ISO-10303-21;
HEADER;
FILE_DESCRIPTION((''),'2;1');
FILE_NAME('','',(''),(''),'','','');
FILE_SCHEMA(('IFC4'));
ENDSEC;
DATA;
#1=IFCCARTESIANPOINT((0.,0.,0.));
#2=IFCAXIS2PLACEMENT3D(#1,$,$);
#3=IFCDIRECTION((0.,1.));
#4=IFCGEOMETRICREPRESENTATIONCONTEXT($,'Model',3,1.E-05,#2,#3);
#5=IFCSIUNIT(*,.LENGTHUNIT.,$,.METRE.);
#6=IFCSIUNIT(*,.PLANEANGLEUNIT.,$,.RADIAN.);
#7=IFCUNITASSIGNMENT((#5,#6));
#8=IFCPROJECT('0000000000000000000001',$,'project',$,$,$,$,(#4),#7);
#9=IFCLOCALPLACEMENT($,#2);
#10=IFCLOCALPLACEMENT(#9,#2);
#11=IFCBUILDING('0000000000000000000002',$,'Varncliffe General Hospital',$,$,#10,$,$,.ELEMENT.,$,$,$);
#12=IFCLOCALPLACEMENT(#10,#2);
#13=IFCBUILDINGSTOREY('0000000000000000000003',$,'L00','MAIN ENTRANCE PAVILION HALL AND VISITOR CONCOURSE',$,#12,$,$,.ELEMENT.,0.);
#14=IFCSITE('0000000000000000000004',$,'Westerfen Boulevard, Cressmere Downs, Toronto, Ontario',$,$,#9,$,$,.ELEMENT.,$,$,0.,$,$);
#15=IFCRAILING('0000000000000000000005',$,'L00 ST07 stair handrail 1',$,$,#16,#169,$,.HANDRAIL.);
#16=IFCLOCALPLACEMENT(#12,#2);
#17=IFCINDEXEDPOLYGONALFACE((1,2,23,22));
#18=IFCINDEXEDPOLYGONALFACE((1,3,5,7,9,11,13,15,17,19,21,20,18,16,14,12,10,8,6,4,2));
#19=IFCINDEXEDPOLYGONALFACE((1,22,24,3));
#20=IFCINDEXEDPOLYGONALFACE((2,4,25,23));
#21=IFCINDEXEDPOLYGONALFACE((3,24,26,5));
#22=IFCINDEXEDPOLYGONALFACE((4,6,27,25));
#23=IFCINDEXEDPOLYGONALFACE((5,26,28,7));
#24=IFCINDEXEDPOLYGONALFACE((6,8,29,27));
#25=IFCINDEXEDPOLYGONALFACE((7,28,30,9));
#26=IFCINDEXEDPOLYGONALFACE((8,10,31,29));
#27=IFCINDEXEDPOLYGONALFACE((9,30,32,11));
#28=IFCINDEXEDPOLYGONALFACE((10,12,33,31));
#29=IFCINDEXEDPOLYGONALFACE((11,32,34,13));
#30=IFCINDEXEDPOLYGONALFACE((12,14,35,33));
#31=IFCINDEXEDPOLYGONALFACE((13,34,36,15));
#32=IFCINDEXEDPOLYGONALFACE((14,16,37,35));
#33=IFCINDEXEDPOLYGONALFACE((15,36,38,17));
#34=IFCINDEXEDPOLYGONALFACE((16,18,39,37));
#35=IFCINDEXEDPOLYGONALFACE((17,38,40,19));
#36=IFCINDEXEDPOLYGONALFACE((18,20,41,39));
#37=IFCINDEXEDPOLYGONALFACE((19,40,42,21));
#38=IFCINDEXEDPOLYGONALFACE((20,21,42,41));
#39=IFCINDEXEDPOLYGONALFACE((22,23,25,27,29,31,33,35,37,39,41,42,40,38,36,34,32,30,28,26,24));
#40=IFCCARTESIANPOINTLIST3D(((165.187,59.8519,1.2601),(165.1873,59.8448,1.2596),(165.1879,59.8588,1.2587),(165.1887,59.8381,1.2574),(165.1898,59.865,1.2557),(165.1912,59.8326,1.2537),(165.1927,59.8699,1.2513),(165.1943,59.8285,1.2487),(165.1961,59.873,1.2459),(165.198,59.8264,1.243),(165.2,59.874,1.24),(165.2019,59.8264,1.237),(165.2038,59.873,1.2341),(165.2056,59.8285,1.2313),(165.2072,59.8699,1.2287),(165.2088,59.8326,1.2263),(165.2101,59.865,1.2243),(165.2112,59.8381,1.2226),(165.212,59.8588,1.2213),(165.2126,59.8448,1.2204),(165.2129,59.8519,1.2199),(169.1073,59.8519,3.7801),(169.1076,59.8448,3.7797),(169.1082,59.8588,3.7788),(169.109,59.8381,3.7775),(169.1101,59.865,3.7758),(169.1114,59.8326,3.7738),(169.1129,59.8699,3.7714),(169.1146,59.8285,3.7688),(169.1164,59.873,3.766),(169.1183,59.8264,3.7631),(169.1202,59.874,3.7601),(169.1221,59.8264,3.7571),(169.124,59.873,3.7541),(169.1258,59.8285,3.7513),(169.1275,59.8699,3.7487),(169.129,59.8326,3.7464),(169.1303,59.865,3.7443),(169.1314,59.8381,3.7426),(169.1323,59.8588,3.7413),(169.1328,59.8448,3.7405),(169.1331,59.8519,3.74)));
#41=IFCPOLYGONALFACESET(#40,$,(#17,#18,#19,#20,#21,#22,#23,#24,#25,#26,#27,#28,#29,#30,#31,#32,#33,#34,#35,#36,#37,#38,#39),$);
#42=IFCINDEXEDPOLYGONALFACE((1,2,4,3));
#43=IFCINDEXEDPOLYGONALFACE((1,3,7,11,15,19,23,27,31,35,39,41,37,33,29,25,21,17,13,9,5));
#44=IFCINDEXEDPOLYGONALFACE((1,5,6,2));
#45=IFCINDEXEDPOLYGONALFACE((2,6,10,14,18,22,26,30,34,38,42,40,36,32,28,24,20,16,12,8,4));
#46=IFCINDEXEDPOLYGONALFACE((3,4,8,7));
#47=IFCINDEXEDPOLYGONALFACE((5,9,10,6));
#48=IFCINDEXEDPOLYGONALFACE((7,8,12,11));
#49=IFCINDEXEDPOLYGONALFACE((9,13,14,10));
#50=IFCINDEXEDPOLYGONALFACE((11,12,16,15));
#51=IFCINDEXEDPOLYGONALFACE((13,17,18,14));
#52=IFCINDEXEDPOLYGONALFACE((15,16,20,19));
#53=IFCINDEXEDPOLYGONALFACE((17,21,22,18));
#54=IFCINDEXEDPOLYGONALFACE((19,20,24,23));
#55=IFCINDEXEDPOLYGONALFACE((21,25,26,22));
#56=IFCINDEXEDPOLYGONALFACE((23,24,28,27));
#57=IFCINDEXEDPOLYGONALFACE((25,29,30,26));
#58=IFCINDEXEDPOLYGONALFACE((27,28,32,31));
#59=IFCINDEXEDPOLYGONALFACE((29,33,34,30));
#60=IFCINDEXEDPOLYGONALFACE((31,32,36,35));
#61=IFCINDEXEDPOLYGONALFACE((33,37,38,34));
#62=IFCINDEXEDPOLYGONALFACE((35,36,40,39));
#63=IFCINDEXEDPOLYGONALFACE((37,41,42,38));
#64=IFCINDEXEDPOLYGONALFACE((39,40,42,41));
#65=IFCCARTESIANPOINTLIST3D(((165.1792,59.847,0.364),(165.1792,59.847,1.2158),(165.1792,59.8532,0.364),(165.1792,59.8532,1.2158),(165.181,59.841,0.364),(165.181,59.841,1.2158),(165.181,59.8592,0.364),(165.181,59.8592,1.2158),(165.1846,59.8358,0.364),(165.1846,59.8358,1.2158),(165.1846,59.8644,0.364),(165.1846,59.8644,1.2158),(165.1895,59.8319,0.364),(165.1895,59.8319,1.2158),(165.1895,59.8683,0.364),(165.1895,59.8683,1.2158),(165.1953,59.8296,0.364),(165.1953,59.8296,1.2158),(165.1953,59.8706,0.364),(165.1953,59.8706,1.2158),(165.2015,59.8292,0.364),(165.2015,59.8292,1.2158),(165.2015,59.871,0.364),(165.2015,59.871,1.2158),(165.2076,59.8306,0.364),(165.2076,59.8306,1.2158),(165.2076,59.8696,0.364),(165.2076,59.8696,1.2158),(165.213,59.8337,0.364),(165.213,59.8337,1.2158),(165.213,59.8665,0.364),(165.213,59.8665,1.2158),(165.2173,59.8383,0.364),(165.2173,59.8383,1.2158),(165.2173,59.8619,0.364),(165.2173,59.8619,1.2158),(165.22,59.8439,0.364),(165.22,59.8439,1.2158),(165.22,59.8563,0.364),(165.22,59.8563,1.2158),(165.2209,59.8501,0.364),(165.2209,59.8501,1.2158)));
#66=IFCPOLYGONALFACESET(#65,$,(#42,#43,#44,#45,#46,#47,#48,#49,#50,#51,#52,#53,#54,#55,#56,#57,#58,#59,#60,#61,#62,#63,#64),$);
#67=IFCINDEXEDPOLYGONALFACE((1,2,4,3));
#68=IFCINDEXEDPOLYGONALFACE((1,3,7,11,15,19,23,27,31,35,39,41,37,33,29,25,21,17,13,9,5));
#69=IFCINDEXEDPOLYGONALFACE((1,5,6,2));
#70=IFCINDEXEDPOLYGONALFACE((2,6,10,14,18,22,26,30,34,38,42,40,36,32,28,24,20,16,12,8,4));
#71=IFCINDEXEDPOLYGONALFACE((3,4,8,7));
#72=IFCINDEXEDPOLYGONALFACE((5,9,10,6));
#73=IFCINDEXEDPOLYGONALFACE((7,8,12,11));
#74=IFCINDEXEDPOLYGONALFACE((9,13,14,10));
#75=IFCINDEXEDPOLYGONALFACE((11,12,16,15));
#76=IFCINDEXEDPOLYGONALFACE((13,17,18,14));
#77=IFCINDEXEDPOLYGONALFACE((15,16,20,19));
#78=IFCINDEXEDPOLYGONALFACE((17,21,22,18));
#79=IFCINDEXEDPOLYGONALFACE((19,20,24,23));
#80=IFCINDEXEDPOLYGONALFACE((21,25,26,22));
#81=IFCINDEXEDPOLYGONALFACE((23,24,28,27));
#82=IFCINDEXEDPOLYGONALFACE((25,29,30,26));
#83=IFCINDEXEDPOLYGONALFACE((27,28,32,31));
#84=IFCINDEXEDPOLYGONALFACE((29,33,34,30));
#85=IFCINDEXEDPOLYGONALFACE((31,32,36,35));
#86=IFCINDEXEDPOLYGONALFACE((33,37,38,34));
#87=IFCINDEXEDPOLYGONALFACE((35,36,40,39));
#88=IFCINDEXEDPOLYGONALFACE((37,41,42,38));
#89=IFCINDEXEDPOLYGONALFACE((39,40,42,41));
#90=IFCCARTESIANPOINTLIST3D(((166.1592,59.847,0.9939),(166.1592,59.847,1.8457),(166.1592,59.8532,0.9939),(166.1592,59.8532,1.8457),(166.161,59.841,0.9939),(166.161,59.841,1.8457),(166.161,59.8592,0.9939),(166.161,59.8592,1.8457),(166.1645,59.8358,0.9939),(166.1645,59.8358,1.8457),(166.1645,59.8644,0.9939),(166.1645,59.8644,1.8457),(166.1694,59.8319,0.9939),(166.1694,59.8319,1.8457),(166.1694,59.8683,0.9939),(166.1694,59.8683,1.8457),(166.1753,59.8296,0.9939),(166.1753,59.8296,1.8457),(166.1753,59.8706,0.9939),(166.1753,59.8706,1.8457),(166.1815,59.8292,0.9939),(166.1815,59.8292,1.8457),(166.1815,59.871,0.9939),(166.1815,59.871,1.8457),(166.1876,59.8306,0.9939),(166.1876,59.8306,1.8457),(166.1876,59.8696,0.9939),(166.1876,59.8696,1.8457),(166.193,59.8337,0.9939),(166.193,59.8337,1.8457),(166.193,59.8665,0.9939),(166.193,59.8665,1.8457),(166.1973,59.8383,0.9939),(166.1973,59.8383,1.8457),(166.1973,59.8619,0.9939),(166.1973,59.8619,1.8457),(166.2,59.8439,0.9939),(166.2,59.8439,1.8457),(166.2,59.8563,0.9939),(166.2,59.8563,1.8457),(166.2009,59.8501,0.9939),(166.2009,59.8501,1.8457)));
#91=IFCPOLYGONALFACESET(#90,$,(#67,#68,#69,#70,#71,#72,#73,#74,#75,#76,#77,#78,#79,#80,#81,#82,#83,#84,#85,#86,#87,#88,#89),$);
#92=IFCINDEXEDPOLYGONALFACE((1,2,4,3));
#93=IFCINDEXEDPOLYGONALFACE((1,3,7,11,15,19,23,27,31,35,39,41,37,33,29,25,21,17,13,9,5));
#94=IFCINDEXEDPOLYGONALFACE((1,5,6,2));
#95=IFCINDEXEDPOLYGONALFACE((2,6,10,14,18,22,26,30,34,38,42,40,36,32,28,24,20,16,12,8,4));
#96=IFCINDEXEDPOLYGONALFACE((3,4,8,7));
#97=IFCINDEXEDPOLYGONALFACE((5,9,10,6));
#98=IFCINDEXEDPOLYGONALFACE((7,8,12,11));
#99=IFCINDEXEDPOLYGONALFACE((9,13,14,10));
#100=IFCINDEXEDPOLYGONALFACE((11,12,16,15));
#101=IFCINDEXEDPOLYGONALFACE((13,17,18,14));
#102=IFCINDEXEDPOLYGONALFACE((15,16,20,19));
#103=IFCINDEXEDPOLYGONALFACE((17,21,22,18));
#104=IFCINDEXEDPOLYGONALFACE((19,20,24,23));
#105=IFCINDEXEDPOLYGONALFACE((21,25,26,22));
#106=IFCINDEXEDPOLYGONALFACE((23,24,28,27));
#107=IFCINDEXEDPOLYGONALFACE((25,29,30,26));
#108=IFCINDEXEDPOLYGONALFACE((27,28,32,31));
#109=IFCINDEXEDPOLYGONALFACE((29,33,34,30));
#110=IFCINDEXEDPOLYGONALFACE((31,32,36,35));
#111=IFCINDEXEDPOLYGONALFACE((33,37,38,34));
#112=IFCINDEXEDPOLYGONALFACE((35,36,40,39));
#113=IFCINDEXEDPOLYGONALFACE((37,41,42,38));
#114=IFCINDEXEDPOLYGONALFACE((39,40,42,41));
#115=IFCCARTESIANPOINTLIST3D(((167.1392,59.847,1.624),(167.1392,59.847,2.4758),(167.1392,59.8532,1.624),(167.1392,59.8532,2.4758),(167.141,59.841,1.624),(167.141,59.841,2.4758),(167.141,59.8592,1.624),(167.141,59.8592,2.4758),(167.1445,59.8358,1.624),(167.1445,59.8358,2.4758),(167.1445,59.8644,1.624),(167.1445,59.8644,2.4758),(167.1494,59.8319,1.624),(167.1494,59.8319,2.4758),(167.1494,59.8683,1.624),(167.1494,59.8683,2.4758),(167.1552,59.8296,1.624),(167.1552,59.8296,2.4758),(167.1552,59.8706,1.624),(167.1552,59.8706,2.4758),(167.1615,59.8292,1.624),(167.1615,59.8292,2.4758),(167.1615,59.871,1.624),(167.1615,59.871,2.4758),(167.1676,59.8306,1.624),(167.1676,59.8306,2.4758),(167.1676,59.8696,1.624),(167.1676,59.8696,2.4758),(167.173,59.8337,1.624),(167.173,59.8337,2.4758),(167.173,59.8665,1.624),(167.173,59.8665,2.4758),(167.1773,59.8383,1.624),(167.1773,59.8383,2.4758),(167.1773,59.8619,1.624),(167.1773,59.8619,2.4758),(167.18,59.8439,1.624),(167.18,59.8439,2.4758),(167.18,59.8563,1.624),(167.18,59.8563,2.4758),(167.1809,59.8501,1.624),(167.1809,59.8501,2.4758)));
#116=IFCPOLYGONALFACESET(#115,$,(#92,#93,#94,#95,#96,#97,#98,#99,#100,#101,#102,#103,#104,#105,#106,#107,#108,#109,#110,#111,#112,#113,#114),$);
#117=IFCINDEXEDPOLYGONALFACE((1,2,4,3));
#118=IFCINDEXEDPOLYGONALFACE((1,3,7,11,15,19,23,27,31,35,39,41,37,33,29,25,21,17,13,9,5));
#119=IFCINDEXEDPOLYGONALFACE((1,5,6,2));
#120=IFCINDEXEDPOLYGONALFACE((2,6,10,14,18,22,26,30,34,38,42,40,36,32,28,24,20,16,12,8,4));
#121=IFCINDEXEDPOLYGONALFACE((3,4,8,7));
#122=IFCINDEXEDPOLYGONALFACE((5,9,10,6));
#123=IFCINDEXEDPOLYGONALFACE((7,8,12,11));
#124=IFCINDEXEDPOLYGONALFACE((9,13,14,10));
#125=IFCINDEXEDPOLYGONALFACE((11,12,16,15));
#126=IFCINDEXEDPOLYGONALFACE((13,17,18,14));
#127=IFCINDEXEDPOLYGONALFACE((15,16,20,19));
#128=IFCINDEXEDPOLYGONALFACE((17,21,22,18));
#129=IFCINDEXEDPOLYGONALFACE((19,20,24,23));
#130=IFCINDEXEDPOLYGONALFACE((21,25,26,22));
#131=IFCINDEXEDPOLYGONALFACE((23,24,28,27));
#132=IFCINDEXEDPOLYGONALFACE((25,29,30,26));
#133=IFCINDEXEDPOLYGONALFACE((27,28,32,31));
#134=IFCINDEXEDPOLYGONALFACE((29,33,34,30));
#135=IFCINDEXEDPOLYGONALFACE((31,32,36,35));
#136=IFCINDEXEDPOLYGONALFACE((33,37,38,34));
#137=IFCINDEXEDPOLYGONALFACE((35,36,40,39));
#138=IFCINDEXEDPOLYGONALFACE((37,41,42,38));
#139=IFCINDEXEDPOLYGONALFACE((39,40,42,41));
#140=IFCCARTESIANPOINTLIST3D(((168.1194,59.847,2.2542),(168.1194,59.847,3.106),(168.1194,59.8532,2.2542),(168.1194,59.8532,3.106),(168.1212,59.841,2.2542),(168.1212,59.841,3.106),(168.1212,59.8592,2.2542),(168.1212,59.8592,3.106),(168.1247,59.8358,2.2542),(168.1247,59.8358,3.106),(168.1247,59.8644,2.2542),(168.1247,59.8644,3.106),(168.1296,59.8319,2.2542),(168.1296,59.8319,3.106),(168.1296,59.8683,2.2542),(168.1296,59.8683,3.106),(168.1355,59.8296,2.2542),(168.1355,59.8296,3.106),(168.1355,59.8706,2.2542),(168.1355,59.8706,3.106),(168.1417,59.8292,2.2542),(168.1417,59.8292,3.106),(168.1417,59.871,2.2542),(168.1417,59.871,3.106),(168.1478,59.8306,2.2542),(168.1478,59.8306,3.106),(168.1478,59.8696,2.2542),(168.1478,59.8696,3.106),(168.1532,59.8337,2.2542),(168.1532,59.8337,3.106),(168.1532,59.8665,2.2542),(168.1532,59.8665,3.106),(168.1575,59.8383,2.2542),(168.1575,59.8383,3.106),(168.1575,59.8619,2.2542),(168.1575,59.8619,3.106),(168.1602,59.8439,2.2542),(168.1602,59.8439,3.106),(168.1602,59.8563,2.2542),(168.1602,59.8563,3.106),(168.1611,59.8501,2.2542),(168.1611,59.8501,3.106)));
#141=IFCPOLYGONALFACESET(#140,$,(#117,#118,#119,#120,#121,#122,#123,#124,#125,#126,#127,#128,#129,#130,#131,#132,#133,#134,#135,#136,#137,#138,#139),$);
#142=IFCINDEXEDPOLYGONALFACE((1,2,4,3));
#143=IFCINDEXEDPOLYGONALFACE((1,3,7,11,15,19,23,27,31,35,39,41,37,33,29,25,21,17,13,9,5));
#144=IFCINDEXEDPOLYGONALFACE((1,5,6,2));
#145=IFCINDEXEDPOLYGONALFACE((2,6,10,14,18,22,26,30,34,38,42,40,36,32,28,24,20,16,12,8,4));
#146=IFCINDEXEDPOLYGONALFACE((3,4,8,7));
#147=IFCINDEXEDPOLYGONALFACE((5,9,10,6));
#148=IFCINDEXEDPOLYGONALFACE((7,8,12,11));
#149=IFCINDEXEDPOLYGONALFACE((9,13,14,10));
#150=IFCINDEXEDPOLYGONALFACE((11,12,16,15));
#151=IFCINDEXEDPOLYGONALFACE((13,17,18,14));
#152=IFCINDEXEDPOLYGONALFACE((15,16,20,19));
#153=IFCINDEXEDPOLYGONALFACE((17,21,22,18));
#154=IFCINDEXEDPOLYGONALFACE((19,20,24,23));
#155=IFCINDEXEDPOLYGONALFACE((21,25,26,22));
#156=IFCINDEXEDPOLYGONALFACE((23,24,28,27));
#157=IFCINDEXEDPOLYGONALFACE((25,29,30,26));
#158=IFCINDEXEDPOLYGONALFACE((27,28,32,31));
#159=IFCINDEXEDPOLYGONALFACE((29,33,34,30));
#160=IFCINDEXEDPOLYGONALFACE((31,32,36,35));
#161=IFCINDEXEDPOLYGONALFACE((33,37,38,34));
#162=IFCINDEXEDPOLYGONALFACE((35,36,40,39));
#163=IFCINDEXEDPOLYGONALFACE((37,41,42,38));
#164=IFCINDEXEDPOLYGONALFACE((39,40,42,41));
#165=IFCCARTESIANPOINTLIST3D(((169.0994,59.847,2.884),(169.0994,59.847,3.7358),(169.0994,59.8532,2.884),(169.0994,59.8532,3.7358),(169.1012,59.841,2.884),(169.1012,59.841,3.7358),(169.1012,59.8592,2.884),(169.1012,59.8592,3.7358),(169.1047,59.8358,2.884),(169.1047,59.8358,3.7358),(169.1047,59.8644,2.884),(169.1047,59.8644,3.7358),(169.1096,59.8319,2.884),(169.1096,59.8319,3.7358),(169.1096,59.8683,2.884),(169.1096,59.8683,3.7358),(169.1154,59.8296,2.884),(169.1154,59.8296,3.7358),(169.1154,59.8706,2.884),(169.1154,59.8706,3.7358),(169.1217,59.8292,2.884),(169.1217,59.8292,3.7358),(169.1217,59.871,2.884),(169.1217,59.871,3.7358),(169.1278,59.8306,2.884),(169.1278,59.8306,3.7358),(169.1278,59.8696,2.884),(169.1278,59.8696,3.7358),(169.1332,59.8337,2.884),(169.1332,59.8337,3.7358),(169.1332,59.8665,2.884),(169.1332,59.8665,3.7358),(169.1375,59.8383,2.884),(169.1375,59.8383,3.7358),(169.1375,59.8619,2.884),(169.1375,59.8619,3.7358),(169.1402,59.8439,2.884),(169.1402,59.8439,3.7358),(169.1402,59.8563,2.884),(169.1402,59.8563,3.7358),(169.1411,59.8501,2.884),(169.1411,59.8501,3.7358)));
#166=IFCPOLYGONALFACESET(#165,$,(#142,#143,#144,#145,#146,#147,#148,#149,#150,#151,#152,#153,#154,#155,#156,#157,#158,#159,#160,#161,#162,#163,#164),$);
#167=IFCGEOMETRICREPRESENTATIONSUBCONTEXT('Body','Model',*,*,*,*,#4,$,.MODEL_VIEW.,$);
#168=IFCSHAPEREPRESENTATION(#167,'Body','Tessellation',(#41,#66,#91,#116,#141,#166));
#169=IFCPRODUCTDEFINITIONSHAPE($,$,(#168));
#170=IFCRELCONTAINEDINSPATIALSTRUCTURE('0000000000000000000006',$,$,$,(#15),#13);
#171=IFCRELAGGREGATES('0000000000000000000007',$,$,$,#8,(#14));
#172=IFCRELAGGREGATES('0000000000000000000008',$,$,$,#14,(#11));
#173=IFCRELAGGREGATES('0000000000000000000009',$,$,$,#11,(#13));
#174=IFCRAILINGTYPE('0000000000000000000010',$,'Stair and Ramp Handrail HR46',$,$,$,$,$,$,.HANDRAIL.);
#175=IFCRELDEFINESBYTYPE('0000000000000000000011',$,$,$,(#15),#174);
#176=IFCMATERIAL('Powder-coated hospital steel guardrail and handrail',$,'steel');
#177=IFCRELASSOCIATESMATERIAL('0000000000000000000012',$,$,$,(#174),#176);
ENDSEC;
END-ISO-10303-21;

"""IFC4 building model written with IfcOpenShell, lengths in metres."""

from ifc_helpers import new_model, si_unit, direction, frame, origin, origin_2d, place, context, subcontext, project, spatial, circle, extrude, material, type_object, element, save


model = new_model("IFC4")

# Units and contexts
model_context = context("Model", 3, precision=1e-05, world=origin(), true_north=direction((0.0, 1.0)))
body_context = subcontext(model_context, "Body", "Model", "MODEL_VIEW")
ifc_project = project(units=[si_unit("LENGTHUNIT", "METRE"), si_unit("PLANEANGLEUNIT", "RADIAN")], contexts=[model_context])

# Site, building, storey
site_placement = place(None, origin())
site = spatial("IfcSite", under=ifc_project, at=site_placement, Name="Westerfen Boulevard, Cressmere Downs, Toronto, Ontario", CompositionType="ELEMENT", RefElevation=0.0)
building_placement = place(site_placement, origin())
building = spatial("IfcBuilding", under=site, at=building_placement, Name="Varncliffe General Hospital", CompositionType="ELEMENT")
storey_placement = place(building_placement, origin())
storey = spatial("IfcBuildingStorey", under=building, at=storey_placement, Name="L00", Description="MAIN ENTRANCE PAVILION HALL AND VISITOR CONCOURSE", CompositionType="ELEMENT", Elevation=0.0)

# Railing
ifc_material_1 = material(Name="Powder-coated hospital steel guardrail and handrail", Category="steel")
railing_type_1 = type_object("IfcRailingType", Name="Stair and Ramp Handrail HR46", PredefinedType="HANDRAIL", material=ifc_material_1)
railing_1_placement = place(storey_placement, frame((165.2, 59.8501, 0.364)))
element("IfcRailing", 1, at=railing_1_placement, inside=storey, type_object=railing_type_1, Name="L00 ST07 stair handrail 1", PredefinedType="HANDRAIL", context=body_context, shape_type="SweptSolid", body=[
    extrude(circle(Radius=0.0239, at=origin_2d()), frame((0.0, 0.0, 0.876), z_axis=(0.841187, 0.0, 0.540744), x_axis=(0.0, 1.0, 0.0)), (0.0, 0.0, 1.0), 4.6604),
    extrude(circle(Radius=0.021, at=origin_2d()), origin(), (0.0, 0.0, 1.0), 0.8518),
    extrude(circle(Radius=0.021, at=origin_2d()), frame((0.98, 0.0, 0.6299)), (0.0, 0.0, 1.0), 0.8518),
    extrude(circle(Radius=0.021, at=origin_2d()), frame((1.96, 0.0, 1.26)), (0.0, 0.0, 1.0), 0.8518),
    extrude(circle(Radius=0.021, at=origin_2d()), frame((2.9402, 0.0, 1.8901)), (0.0, 0.0, 1.0), 0.8518),
    extrude(circle(Radius=0.021, at=origin_2d()), frame((3.9202, 0.0, 2.52)), (0.0, 0.0, 1.0), 0.8518),
])

save(model, "model.ifc")
